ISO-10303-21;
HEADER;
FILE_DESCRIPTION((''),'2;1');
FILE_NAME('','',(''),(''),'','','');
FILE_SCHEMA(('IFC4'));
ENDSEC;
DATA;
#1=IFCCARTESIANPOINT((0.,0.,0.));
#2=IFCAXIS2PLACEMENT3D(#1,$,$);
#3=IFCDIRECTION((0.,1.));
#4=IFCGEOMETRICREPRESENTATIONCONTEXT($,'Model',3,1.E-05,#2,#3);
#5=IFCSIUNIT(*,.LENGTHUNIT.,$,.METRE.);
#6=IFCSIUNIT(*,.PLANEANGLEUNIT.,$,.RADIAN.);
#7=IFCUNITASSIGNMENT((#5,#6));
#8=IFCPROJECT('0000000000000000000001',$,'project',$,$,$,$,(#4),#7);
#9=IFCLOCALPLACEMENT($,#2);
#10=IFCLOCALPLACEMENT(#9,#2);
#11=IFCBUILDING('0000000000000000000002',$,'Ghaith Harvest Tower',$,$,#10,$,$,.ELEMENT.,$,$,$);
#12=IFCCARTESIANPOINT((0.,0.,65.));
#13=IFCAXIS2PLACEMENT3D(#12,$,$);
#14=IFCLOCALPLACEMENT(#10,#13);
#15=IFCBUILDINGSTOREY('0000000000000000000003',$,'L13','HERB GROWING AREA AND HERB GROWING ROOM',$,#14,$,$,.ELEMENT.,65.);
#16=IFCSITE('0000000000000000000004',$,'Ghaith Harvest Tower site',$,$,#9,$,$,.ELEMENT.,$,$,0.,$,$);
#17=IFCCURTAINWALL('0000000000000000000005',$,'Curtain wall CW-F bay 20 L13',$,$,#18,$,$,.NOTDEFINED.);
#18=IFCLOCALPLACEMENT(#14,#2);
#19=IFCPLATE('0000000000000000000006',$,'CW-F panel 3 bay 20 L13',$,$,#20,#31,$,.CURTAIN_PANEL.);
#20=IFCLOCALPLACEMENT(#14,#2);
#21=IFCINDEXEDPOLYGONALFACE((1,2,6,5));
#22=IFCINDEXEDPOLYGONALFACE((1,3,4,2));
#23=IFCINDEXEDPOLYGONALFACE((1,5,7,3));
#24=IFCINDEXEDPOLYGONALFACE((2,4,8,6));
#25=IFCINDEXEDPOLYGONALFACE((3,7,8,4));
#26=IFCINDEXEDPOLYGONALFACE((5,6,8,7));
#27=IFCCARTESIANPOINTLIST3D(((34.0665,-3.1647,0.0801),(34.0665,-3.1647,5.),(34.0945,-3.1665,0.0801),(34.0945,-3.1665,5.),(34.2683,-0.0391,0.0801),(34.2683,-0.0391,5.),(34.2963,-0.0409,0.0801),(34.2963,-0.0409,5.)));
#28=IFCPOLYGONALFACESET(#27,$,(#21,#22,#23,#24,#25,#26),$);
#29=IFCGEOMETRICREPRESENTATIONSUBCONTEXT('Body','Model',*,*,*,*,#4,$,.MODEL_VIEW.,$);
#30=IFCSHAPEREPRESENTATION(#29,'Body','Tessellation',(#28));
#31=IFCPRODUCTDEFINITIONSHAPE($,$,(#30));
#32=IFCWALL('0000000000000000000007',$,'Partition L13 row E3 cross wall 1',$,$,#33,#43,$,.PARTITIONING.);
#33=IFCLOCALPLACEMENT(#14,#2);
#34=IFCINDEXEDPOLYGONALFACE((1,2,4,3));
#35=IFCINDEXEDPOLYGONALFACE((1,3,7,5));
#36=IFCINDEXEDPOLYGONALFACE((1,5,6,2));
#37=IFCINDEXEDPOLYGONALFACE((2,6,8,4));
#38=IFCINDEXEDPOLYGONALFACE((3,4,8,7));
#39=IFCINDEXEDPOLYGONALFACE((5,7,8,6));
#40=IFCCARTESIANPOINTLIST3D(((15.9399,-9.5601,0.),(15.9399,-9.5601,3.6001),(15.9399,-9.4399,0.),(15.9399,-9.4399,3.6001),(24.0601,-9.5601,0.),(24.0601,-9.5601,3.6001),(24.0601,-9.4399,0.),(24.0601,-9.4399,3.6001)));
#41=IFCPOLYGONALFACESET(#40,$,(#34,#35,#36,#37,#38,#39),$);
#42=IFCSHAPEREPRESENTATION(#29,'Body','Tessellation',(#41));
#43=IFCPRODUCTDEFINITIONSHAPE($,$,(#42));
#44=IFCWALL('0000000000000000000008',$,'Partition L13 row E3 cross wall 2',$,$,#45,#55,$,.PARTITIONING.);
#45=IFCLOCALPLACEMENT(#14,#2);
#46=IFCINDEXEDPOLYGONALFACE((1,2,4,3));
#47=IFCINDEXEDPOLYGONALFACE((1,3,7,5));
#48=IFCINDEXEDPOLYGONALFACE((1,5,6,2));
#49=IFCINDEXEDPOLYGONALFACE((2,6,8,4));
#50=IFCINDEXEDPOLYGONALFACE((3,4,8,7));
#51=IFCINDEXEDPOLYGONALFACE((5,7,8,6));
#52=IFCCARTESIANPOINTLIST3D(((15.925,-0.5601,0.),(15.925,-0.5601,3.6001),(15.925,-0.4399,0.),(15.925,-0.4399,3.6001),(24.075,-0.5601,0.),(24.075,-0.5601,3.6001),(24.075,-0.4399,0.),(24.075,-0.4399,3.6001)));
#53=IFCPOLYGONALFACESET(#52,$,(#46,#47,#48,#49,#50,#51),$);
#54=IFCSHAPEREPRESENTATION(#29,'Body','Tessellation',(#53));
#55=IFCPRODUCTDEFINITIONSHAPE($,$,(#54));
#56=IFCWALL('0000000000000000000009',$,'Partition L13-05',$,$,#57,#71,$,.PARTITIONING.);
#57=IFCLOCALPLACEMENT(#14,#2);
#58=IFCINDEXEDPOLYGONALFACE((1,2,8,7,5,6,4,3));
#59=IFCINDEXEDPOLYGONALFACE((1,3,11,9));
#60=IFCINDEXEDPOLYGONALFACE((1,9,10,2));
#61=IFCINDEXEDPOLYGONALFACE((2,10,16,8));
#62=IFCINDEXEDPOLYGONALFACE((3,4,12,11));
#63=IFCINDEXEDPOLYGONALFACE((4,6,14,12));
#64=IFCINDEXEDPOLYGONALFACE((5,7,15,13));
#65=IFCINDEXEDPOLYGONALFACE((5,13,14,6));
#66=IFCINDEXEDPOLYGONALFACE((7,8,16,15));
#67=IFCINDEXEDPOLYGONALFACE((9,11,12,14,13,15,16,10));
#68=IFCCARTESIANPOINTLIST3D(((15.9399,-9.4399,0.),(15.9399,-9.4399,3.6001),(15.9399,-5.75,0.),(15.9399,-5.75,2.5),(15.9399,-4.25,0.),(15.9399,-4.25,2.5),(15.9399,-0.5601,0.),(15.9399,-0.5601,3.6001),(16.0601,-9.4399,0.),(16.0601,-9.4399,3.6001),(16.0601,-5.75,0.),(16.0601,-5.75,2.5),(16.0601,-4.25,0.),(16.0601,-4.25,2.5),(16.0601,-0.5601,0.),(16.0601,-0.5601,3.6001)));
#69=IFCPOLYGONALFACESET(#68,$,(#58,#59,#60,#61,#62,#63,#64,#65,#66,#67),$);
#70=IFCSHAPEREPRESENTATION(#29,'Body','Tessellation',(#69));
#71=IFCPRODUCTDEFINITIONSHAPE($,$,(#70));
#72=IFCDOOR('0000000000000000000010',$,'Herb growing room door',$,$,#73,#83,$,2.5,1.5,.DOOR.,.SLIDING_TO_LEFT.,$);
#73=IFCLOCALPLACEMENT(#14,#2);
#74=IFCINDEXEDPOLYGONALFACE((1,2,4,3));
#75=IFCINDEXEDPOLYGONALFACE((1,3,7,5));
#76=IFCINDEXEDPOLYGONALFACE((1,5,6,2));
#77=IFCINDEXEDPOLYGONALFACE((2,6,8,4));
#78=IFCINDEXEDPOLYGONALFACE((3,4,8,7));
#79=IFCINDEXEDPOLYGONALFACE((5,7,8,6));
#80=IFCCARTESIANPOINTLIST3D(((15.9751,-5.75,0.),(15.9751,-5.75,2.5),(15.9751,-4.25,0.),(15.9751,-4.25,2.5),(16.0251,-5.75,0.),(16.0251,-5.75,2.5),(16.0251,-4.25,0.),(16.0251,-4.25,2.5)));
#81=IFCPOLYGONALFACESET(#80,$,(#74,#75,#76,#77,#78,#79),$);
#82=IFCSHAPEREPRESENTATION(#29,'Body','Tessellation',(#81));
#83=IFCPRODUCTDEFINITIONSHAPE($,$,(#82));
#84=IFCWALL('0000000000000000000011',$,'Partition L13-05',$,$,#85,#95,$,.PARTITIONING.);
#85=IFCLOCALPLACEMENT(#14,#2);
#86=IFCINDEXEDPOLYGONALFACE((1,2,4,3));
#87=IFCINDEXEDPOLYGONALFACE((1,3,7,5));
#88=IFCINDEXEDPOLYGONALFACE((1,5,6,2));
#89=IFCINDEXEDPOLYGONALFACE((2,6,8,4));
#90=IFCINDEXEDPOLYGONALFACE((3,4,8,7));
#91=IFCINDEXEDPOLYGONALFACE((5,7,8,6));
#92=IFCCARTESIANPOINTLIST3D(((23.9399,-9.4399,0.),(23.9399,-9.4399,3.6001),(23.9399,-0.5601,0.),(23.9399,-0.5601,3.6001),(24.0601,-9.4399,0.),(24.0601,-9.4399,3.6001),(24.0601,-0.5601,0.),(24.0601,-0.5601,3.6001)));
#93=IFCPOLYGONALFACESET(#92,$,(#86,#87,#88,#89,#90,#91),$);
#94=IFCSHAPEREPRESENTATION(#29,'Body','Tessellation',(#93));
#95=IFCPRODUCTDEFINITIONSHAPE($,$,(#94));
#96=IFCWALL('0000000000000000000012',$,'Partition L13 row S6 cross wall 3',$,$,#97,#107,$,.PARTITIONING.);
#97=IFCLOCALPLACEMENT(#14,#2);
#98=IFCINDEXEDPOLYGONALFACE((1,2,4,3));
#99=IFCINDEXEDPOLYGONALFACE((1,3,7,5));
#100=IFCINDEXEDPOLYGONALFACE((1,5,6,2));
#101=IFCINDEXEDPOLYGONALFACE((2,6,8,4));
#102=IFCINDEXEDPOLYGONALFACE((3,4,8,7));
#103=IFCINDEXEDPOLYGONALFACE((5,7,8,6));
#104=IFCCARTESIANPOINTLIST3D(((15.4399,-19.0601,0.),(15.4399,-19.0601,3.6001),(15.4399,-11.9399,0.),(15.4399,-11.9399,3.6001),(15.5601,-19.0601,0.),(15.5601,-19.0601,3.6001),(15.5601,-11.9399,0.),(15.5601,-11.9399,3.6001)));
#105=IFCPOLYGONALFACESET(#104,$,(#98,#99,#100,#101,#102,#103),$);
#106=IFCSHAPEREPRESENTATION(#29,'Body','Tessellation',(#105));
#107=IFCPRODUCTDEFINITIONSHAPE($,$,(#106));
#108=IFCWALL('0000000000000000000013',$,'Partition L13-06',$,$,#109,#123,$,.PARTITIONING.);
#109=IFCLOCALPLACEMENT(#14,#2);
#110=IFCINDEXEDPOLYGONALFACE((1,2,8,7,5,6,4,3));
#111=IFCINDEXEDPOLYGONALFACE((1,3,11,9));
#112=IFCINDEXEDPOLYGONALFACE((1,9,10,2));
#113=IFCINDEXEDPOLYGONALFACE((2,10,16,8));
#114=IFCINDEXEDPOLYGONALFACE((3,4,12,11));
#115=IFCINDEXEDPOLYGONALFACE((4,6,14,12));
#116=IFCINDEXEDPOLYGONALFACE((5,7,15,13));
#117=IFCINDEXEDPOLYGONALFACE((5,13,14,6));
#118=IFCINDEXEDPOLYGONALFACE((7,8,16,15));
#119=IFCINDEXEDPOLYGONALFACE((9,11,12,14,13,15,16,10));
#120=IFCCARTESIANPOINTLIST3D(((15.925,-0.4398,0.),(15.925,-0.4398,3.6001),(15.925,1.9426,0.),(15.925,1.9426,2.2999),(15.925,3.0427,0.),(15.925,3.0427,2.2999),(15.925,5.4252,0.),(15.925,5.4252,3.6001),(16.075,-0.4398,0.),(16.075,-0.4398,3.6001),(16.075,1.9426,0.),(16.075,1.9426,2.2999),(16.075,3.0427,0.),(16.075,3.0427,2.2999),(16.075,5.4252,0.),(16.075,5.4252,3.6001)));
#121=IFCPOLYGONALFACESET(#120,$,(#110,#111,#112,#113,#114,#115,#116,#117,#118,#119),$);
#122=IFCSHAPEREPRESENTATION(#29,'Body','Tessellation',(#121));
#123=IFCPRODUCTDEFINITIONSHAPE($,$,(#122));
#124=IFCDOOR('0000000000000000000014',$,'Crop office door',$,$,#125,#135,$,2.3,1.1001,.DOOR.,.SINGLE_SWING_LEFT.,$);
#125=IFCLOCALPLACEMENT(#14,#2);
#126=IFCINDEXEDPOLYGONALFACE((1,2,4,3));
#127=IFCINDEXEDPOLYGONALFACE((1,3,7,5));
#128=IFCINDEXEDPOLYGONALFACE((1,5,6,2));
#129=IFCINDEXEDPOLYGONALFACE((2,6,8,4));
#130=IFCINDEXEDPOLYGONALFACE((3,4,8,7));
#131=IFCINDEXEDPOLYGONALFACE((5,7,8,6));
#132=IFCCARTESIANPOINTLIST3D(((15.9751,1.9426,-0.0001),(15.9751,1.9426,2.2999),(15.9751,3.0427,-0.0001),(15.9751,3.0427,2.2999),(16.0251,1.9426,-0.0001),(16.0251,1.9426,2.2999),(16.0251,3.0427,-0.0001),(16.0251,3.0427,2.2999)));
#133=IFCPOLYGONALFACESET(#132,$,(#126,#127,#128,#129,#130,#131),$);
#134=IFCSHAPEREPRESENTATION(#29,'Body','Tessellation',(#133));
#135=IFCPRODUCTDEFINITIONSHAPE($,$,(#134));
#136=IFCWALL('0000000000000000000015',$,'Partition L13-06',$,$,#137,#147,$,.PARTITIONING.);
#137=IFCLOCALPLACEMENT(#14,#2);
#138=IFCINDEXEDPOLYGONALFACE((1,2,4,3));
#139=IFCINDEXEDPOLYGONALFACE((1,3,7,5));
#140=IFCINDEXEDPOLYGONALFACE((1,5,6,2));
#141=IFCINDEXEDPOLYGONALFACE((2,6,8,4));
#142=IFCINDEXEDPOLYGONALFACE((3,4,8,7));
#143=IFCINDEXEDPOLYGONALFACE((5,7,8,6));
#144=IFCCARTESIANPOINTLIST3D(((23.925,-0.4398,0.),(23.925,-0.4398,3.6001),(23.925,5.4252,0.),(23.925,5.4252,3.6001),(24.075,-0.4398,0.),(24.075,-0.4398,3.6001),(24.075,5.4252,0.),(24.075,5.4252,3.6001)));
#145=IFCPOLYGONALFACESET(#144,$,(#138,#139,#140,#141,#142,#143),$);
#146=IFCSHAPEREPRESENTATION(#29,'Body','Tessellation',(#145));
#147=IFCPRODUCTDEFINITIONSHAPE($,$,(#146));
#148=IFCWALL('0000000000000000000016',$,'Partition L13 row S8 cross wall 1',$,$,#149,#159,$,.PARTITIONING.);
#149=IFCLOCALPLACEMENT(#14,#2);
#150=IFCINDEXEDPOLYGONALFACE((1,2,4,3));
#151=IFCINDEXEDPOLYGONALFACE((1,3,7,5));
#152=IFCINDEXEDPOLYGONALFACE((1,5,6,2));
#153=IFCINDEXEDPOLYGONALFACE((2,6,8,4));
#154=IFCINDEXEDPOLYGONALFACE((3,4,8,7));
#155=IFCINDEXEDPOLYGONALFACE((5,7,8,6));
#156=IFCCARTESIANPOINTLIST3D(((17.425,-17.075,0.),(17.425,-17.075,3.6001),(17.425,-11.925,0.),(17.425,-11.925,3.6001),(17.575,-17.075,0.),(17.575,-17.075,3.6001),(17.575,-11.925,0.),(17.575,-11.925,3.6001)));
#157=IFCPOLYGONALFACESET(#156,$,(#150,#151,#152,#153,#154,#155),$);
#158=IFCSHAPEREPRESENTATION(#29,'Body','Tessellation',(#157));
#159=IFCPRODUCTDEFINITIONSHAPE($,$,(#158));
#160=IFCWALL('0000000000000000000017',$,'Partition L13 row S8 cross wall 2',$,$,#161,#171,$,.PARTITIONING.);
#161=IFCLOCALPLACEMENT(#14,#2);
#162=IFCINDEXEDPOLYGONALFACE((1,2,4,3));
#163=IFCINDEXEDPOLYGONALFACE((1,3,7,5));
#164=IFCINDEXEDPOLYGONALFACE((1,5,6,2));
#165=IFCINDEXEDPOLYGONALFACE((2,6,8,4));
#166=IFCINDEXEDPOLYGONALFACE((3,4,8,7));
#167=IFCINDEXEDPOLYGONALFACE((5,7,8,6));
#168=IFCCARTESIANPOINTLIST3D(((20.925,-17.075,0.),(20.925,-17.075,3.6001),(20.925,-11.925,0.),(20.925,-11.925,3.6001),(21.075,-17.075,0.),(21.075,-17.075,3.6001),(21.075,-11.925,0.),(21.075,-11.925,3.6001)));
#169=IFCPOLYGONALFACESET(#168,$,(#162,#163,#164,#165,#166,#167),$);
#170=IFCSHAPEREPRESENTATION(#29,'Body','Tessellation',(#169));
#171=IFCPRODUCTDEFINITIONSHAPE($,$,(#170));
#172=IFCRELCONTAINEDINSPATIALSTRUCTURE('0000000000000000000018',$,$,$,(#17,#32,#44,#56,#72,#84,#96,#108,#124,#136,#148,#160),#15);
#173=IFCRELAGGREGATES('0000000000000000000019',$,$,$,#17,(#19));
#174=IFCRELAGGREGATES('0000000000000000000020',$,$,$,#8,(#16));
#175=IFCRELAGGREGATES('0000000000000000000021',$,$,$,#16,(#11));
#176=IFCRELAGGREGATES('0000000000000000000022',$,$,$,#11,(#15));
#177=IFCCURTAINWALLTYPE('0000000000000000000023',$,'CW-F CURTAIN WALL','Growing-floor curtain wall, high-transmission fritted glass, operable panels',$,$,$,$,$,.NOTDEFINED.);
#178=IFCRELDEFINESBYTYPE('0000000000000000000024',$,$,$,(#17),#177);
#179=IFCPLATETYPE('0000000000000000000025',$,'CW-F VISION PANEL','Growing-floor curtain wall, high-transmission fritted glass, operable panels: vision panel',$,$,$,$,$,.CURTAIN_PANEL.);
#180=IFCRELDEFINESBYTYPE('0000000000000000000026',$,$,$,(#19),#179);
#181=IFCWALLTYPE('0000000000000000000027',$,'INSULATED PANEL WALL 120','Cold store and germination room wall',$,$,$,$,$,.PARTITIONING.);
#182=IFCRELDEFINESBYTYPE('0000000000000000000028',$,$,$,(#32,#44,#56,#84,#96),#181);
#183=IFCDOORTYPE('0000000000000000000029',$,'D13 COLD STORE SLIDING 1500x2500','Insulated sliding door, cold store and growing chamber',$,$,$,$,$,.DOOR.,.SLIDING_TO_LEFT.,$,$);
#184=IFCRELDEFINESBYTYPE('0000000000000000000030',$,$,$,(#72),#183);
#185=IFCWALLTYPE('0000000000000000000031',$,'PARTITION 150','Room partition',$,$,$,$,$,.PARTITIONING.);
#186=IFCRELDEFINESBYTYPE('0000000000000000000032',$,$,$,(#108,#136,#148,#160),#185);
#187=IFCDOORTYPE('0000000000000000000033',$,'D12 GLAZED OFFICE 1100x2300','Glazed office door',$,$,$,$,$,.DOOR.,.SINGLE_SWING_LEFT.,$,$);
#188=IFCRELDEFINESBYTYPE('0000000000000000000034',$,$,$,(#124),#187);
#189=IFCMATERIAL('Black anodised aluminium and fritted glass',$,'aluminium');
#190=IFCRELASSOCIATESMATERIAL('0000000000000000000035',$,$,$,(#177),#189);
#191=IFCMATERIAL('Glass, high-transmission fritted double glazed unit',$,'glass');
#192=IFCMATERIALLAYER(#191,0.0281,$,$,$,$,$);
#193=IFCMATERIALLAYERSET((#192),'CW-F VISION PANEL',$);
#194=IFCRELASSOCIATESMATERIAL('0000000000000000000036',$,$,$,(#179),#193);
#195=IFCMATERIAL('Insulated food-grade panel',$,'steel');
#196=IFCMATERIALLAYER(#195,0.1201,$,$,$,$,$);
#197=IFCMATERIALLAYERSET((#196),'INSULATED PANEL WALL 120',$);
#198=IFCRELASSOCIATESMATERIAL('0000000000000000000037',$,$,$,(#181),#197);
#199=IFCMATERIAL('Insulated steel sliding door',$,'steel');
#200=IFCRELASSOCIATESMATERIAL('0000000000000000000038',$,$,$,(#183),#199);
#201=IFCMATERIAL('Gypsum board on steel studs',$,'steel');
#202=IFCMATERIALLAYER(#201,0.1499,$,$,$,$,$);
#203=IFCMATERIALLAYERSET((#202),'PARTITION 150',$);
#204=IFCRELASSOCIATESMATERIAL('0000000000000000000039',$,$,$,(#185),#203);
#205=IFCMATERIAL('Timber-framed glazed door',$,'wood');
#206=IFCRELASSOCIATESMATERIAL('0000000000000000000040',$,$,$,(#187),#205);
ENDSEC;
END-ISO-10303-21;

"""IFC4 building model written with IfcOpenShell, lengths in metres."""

from ifc_helpers import new_model, si_unit, direction, frame, frame_2d, origin, origin_2d, place, context, subcontext, project, spatial, rectangle, extrude, material, layer, layer_set, type_object, element, fill, aggregate, save


model = new_model("IFC4")

# Units and contexts
model_context = context("Model", 3, precision=1e-05, world=origin(), true_north=direction((0.0, 1.0)))
body_context = subcontext(model_context, "Body", "Model", "MODEL_VIEW")
ifc_project = project(units=[si_unit("LENGTHUNIT", "METRE"), si_unit("PLANEANGLEUNIT", "RADIAN")], contexts=[model_context])

# Site, building, storey
site_placement = place(None, origin())
site = spatial("IfcSite", under=ifc_project, at=site_placement, Name="Ghaith Harvest Tower site", CompositionType="ELEMENT", RefElevation=0.0)
building_placement = place(site_placement, origin())
building = spatial("IfcBuilding", under=site, at=building_placement, Name="Ghaith Harvest Tower", CompositionType="ELEMENT")
storey_placement = place(building_placement, frame((0.0, 0.0, 65.0)))
storey = spatial("IfcBuildingStorey", under=building, at=storey_placement, Name="L13", Description="HERB GROWING AREA AND HERB GROWING ROOM", CompositionType="ELEMENT", Elevation=65.0)

# Shared definitions
ifc_material_1 = material(Name="Black anodised aluminium and fritted glass", Category="aluminium")
curtain_wall_type = type_object("IfcCurtainWallType", Name="CW-F CURTAIN WALL", Description="Growing-floor curtain wall, high-transmission fritted glass, operable panels", PredefinedType="NOTDEFINED", material=ifc_material_1)

# Curtain wall
curtain_wall_1_placement = place(storey_placement, origin())
curtain_wall_1 = element("IfcCurtainWall", 1, at=curtain_wall_1_placement, inside=storey, type_object=curtain_wall_type, Name="Curtain wall CW-F bay 20 L13", PredefinedType="NOTDEFINED")

# Plate
ifc_material_2 = material(Name="Glass, high-transmission fritted double glazed unit", Category="glass")
ifc_layer_1 = layer(ifc_material_2, 0.0281)
ifc_layer_set_1 = layer_set([ifc_layer_1], Name="CW-F VISION PANEL")
plate_type = type_object("IfcPlateType", Name="CW-F VISION PANEL", Description="Growing-floor curtain wall, high-transmission fritted glass, operable panels: vision panel", PredefinedType="CURTAIN_PANEL", material=ifc_layer_set_1)
plate_1_placement = place(storey_placement, frame((34.1814, -1.6028, 0.0801), z_axis=(0.0, 0.0, 1.0), x_axis=(0.064446, 0.997921, 0.0)))
plate_1 = element("IfcPlate", 2, at=plate_1_placement, type_object=plate_type, Name="CW-F panel 3 bay 20 L13", PredefinedType="CURTAIN_PANEL", context=body_context, shape_type="SweptSolid", body=[
    extrude(rectangle(XDim=3.1321, YDim=0.0281, at=origin_2d()), origin(), (0.0, 0.0, 1.0), 4.9199),
])
aggregate(curtain_wall_1, [plate_1])

# Walls
ifc_material_3 = material(Name="Insulated food-grade panel", Category="steel")
ifc_layer_2 = layer(ifc_material_3, 0.1201)
ifc_layer_set_2 = layer_set([ifc_layer_2], Name="INSULATED PANEL WALL 120")
wall_type_1 = type_object("IfcWallType", Name="INSULATED PANEL WALL 120", Description="Cold store and germination room wall", PredefinedType="PARTITIONING", material=ifc_layer_set_2)
wall_1_placement = place(storey_placement, frame((15.9399, -9.5, 0.0), z_axis=(0.0, 0.0, 1.0), x_axis=(1.0, 0.0, 0.0)))
element("IfcWall", 3, at=wall_1_placement, inside=storey, type_object=wall_type_1, Name="Partition L13 row E3 cross wall 1", PredefinedType="PARTITIONING", context=body_context, shape_type="SweptSolid", body=[
    extrude(rectangle(XDim=8.1201, YDim=0.1201, at=frame_2d((4.0601, 0.0))), origin(), (0.0, 0.0, 1.0), 3.6001),
])
wall_2_placement = place(storey_placement, frame((15.925, -0.5, 0.0), z_axis=(0.0, 0.0, 1.0), x_axis=(1.0, 0.0, 0.0)))
element("IfcWall", 4, at=wall_2_placement, inside=storey, type_object=wall_type_1, Name="Partition L13 row E3 cross wall 2", PredefinedType="PARTITIONING", context=body_context, shape_type="SweptSolid", body=[
    extrude(rectangle(XDim=8.1499, YDim=0.1201, at=frame_2d((4.075, 0.0))), origin(), (0.0, 0.0, 1.0), 3.6001),
])

# Wall, opening, door
wall_3_placement = place(storey_placement, frame((16.0, -9.4399, 0.0), z_axis=(0.0, 0.0, 1.0), x_axis=(0.0, 1.0, 0.0)))
wall_3 = element("IfcWall", 5, at=wall_3_placement, inside=storey, type_object=wall_type_1, Name="Partition L13-05", PredefinedType="PARTITIONING", context=body_context, shape_type="SweptSolid", body=[
    extrude(rectangle(XDim=8.8799, YDim=0.1201, at=frame_2d((4.4399, 0.0))), origin(), (0.0, 0.0, 1.0), 3.6001),
])
opening_1_placement = place(wall_3_placement, frame((3.6899, 0.0, 0.0)))
opening_1 = element("IfcOpeningElement", 6, at=opening_1_placement, cuts=wall_3, PredefinedType="OPENING", context=body_context, shape_type="SweptSolid", body=[
    extrude(rectangle(XDim=1.5, YDim=2.5, at=frame_2d((0.75, 1.25))), frame((0.0, 0.0701, 0.0), z_axis=(0.0, -1.0, 0.0), x_axis=(1.0, 0.0, 0.0)), (0.0, 0.0, 1.0), 0.1401),
])
ifc_material_4 = material(Name="Insulated steel sliding door", Category="steel")
door_type_1 = type_object("IfcDoorType", Name="D13 COLD STORE SLIDING 1500x2500", Description="Insulated sliding door, cold store and growing chamber", OperationType="SLIDING_TO_LEFT", PredefinedType="DOOR", material=ifc_material_4)
door_1_placement = place(opening_1_placement, origin())
door_1 = element("IfcDoor", 7, at=door_1_placement, inside=storey, type_object=door_type_1, Name="Herb growing room door", OperationType="SLIDING_TO_LEFT", OverallHeight=2.5, OverallWidth=1.5, PredefinedType="DOOR", context=body_context, shape_type="SweptSolid", body=[
    extrude(rectangle(XDim=1.5, YDim=2.5, at=frame_2d((0.75, 1.25))), frame((0.0, 0.0249, 0.0), z_axis=(0.0, -1.0, 0.0), x_axis=(1.0, 0.0, 0.0)), (0.0, 0.0, 1.0), 0.05),
])
fill(opening_1, door_1)

# Walls
wall_4_placement = place(storey_placement, frame((24.0, -9.4399, 0.0), z_axis=(0.0, 0.0, 1.0), x_axis=(0.0, 1.0, 0.0)))
element("IfcWall", 8, at=wall_4_placement, inside=storey, type_object=wall_type_1, Name="Partition L13-05", PredefinedType="PARTITIONING", context=body_context, shape_type="SweptSolid", body=[
    extrude(rectangle(XDim=8.8799, YDim=0.1201, at=frame_2d((4.4399, 0.0))), origin(), (0.0, 0.0, 1.0), 3.6001),
])
wall_5_placement = place(storey_placement, frame((15.5, -11.9399, 0.0), z_axis=(0.0, 0.0, 1.0), x_axis=(0.0, -1.0, 0.0)))
element("IfcWall", 9, at=wall_5_placement, inside=storey, type_object=wall_type_1, Name="Partition L13 row S6 cross wall 3", PredefinedType="PARTITIONING", context=body_context, shape_type="SweptSolid", body=[
    extrude(rectangle(XDim=7.1201, YDim=0.1201, at=frame_2d((3.5601, 0.0))), origin(), (0.0, 0.0, 1.0), 3.6001),
])

# Wall, opening, door
ifc_material_5 = material(Name="Gypsum board on steel studs", Category="steel")
ifc_layer_3 = layer(ifc_material_5, 0.1499)
ifc_layer_set_3 = layer_set([ifc_layer_3], Name="PARTITION 150")
wall_type_2 = type_object("IfcWallType", Name="PARTITION 150", Description="Room partition", PredefinedType="PARTITIONING", material=ifc_layer_set_3)
wall_6_placement = place(storey_placement, frame((16.0, -0.4399, 0.0), z_axis=(0.0, 0.0, 1.0), x_axis=(0.0, 1.0, 0.0)))
wall_6 = element("IfcWall", 10, at=wall_6_placement, inside=storey, type_object=wall_type_2, Name="Partition L13-06", PredefinedType="PARTITIONING", context=body_context, shape_type="SweptSolid", body=[
    extrude(rectangle(XDim=5.865, YDim=0.1499, at=frame_2d((2.9326, 0.0))), origin(), (0.0, 0.0, 1.0), 3.6001),
])
opening_2_placement = place(wall_6_placement, frame((2.3826, 0.0, 0.0)))
opening_2 = element("IfcOpeningElement", 11, at=opening_2_placement, cuts=wall_6, PredefinedType="OPENING", context=body_context, shape_type="SweptSolid", body=[
    extrude(rectangle(XDim=1.1001, YDim=2.3, at=frame_2d((0.55, 1.1499))), frame((0.0, 0.085, 0.0), z_axis=(0.0, -1.0, 0.0), x_axis=(1.0, 0.0, 0.0)), (0.0, 0.0, 1.0), 0.1699),
])
ifc_material_6 = material(Name="Timber-framed glazed door", Category="wood")
door_type_2 = type_object("IfcDoorType", Name="D12 GLAZED OFFICE 1100x2300", Description="Glazed office door", OperationType="SINGLE_SWING_LEFT", PredefinedType="DOOR", material=ifc_material_6)
door_2_placement = place(opening_2_placement, origin())
door_2 = element("IfcDoor", 12, at=door_2_placement, inside=storey, type_object=door_type_2, Name="Crop office door", OperationType="SINGLE_SWING_LEFT", OverallHeight=2.3, OverallWidth=1.1001, PredefinedType="DOOR", context=body_context, shape_type="SweptSolid", body=[
    extrude(rectangle(XDim=1.1001, YDim=2.3, at=frame_2d((0.55, 1.1499))), frame((0.0, 0.0249, 0.0), z_axis=(0.0, -1.0, 0.0), x_axis=(1.0, 0.0, 0.0)), (0.0, 0.0, 1.0), 0.05),
])
fill(opening_2, door_2)

# Walls
wall_7_placement = place(storey_placement, frame((24.0, -0.4399, 0.0), z_axis=(0.0, 0.0, 1.0), x_axis=(0.0, 1.0, 0.0)))
element("IfcWall", 13, at=wall_7_placement, inside=storey, type_object=wall_type_2, Name="Partition L13-06", PredefinedType="PARTITIONING", context=body_context, shape_type="SweptSolid", body=[
    extrude(rectangle(XDim=5.865, YDim=0.1499, at=frame_2d((2.9326, 0.0))), origin(), (0.0, 0.0, 1.0), 3.6001),
])
for number, where, z_axis, x_axis, name in (
    (14, (17.5, -11.925, 0.0), (0.0, 0.0, 1.0), (0.0, -1.0, 0.0), "Partition L13 row S8 cross wall 1"),
    (15, (21.0, -11.925, 0.0), (0.0, 0.0, 1.0), (0.0, -1.0, 0.0), "Partition L13 row S8 cross wall 2"),
):
    element("IfcWall", number, at=place(storey_placement, frame(where, z_axis=z_axis, x_axis=x_axis)), inside=storey, type_object=wall_type_2, Name=name, PredefinedType="PARTITIONING", context=body_context, shape_type="SweptSolid", body=[
        extrude(rectangle(XDim=5.1499, YDim=0.1499, at=frame_2d((2.575, 0.0))), origin(), (0.0, 0.0, 1.0), 3.6001),
    ])

save(model, "model.ifc")
